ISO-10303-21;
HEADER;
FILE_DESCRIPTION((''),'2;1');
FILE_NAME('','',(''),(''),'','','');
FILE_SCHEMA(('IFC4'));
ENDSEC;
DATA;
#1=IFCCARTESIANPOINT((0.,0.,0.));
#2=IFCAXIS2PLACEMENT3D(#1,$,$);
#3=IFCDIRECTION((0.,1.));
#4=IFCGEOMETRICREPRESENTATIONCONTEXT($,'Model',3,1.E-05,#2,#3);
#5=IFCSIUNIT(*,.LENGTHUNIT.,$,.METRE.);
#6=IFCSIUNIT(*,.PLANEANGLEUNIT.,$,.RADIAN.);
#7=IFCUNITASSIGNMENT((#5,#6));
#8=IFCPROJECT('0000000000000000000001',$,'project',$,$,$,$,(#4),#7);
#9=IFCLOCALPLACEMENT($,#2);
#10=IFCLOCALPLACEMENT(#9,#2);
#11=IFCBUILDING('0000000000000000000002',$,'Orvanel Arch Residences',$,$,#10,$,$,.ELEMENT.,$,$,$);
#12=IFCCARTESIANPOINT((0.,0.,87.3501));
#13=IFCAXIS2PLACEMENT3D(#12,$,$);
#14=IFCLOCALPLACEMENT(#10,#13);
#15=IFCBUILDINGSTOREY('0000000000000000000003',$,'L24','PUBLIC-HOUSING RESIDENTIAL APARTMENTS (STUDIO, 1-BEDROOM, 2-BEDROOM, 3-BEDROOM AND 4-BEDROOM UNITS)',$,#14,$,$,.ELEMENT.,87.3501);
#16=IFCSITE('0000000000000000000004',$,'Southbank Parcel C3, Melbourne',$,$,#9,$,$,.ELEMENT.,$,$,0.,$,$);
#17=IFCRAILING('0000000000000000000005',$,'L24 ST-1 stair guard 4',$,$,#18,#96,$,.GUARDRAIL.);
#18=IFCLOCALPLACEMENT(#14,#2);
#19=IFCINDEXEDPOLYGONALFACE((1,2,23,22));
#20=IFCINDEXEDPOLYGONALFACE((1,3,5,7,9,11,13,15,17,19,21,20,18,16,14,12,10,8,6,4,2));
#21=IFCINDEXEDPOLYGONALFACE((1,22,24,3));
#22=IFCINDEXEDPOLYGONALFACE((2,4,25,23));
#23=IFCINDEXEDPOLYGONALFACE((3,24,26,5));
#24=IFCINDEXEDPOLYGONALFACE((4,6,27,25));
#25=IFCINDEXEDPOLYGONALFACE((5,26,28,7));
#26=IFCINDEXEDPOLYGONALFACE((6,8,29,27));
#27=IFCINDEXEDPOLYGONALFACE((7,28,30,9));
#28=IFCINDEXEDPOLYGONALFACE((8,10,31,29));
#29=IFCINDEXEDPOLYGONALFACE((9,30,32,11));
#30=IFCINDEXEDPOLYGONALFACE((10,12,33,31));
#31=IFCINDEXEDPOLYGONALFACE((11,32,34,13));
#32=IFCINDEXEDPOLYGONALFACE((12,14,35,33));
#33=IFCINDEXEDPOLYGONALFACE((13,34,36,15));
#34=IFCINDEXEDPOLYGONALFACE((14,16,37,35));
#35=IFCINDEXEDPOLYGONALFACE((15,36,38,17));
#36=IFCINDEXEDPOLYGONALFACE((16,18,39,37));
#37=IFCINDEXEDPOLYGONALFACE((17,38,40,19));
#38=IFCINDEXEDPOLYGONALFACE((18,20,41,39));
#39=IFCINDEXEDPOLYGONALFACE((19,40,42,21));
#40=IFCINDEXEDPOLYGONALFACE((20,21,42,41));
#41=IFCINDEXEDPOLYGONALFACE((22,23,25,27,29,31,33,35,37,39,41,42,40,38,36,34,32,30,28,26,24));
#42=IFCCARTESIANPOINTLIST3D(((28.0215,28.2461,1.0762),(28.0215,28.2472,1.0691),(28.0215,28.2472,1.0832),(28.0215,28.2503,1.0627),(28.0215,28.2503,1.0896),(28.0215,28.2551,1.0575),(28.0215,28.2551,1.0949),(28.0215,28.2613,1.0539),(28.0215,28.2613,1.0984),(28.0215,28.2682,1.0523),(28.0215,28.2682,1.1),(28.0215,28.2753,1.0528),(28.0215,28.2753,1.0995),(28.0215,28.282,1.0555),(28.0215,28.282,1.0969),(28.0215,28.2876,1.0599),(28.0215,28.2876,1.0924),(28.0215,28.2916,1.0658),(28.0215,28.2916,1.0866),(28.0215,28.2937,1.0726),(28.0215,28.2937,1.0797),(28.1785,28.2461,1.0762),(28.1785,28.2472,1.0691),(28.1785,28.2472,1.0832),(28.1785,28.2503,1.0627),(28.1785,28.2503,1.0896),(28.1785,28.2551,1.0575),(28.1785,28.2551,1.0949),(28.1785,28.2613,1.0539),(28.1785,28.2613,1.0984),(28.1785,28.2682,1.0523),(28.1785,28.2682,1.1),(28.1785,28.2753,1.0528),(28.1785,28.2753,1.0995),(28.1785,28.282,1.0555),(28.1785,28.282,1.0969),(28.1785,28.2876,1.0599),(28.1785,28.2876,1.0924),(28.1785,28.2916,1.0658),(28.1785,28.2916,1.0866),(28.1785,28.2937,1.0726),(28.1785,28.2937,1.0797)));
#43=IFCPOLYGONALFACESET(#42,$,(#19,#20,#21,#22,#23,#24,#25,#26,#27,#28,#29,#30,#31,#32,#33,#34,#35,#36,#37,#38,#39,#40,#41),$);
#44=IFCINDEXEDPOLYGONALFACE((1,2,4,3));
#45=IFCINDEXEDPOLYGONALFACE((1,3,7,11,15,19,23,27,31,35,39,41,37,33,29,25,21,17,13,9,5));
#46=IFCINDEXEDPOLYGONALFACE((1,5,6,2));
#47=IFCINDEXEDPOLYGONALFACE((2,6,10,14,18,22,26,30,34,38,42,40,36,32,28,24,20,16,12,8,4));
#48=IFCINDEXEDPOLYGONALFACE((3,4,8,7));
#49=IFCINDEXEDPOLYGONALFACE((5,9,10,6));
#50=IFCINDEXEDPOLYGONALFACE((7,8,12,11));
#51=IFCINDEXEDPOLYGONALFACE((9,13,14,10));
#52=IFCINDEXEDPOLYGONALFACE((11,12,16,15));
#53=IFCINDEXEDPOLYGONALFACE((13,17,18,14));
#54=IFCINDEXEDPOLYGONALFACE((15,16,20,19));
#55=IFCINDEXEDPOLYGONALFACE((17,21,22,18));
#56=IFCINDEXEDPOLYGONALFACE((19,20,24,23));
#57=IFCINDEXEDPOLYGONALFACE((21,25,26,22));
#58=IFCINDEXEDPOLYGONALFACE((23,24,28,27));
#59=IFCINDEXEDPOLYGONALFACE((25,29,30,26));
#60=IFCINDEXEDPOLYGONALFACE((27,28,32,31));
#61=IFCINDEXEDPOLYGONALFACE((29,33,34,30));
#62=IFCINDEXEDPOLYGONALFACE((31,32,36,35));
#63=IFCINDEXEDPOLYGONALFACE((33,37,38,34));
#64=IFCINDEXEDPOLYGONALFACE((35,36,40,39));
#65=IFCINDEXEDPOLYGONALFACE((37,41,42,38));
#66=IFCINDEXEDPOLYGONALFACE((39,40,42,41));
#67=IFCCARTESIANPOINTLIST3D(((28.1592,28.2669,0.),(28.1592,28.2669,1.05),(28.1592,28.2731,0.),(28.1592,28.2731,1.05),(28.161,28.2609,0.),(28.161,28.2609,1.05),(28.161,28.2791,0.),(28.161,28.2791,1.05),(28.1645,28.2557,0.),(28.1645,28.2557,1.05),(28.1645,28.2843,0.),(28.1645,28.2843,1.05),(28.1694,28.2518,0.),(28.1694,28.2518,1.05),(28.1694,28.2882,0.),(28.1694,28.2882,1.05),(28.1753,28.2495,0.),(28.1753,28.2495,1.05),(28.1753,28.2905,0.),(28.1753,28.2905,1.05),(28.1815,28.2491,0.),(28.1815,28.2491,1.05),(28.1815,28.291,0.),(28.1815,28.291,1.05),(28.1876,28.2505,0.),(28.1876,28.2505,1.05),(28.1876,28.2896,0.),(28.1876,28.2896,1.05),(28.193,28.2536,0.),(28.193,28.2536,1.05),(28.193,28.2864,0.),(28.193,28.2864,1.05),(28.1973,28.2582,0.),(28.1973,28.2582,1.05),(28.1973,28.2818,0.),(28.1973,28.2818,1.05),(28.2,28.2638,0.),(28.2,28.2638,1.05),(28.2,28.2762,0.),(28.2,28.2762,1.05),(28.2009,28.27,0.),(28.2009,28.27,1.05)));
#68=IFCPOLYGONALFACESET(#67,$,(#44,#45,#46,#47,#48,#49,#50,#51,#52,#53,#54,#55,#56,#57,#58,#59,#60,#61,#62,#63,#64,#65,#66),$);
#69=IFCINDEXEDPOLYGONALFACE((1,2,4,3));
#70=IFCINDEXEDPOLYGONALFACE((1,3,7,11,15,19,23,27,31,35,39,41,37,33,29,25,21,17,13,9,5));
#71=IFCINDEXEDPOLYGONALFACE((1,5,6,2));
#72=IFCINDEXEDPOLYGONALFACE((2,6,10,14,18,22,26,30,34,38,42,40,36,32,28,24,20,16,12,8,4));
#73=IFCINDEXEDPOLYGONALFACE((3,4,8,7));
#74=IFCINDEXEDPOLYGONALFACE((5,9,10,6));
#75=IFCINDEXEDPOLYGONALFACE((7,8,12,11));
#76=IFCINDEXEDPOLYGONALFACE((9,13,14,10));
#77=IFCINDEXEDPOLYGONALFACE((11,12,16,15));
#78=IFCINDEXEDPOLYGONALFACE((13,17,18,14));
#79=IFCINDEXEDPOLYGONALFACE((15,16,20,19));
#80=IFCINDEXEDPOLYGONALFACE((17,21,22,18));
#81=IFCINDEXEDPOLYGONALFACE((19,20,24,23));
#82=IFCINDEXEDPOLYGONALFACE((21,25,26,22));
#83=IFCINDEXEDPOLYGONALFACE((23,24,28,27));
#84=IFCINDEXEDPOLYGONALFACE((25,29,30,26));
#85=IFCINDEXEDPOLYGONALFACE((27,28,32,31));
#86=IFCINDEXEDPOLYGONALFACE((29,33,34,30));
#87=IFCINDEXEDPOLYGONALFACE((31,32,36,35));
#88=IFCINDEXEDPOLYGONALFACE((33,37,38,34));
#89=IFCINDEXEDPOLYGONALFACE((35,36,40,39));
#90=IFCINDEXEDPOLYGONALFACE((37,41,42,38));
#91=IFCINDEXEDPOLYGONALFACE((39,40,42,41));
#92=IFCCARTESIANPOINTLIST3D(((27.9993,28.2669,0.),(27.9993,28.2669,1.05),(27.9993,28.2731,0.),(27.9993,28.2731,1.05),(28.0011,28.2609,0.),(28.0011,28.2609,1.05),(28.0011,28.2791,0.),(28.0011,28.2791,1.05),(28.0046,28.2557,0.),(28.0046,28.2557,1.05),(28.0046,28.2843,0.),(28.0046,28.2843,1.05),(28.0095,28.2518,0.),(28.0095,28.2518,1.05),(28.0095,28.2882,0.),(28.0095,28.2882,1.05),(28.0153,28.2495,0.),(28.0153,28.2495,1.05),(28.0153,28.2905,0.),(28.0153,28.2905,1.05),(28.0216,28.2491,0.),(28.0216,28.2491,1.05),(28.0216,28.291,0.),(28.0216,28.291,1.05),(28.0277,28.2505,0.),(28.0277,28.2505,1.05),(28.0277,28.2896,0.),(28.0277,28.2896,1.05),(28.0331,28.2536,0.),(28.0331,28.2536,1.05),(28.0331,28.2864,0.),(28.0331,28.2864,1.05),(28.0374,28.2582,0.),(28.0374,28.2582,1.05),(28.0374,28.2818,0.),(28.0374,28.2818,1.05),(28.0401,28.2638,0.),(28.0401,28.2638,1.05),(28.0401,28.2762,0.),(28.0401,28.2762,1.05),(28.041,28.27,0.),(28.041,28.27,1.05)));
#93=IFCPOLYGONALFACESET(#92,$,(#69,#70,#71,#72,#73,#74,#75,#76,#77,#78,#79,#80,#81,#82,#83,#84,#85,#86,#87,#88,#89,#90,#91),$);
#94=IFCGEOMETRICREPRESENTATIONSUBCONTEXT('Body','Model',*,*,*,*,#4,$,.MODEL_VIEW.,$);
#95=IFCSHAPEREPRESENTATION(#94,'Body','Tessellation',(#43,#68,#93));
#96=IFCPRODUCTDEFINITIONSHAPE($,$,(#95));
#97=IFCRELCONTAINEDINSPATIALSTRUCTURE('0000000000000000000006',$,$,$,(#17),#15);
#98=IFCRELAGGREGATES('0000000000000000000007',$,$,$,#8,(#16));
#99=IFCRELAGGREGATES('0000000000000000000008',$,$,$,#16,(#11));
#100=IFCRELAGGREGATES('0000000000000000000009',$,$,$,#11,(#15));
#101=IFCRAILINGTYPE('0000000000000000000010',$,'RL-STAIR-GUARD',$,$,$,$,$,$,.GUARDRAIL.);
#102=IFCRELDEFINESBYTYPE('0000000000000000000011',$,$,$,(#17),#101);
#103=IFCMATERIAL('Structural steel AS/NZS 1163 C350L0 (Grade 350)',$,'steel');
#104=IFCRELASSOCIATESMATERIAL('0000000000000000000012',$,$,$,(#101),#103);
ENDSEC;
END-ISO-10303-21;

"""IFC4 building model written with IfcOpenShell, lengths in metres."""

from ifc_helpers import new_model, si_unit, direction, frame, origin, origin_2d, place, context, subcontext, project, spatial, circle, extrude, material, type_object, element, save


model = new_model("IFC4")

# Units and contexts
model_context = context("Model", 3, precision=1e-05, world=origin(), true_north=direction((0.0, 1.0)))
body_context = subcontext(model_context, "Body", "Model", "MODEL_VIEW")
ifc_project = project(units=[si_unit("LENGTHUNIT", "METRE"), si_unit("PLANEANGLEUNIT", "RADIAN")], contexts=[model_context])

# Site, building, storey
site_placement = place(None, origin())
site = spatial("IfcSite", under=ifc_project, at=site_placement, Name="Southbank Parcel C3, Melbourne", CompositionType="ELEMENT", RefElevation=0.0)
building_placement = place(site_placement, origin())
building = spatial("IfcBuilding", under=site, at=building_placement, Name="Orvanel Arch Residences", CompositionType="ELEMENT")
storey_placement = place(building_placement, frame((0.0, 0.0, 87.3501)))
storey = spatial("IfcBuildingStorey", under=building, at=storey_placement, Name="L24", Description="PUBLIC-HOUSING RESIDENTIAL APARTMENTS (STUDIO, 1-BEDROOM, 2-BEDROOM, 3-BEDROOM AND 4-BEDROOM UNITS)", CompositionType="ELEMENT", Elevation=87.3501)

# Railing
ifc_material_1 = material(Name="Structural steel AS/NZS 1163 C350L0 (Grade 350)", Category="steel")
railing_type_1 = type_object("IfcRailingType", Name="RL-STAIR-GUARD", PredefinedType="GUARDRAIL", material=ifc_material_1)
railing_1_placement = place(storey_placement, frame((28.1799, 28.27, 0.0)))
element("IfcRailing", 1, at=railing_1_placement, inside=storey, type_object=railing_type_1, Name="L24 ST-1 stair guard 4", PredefinedType="GUARDRAIL", context=body_context, shape_type="SweptSolid", body=[
    extrude(circle(Radius=0.0239, at=origin_2d()), frame((-0.0015, 0.0, 1.0762), z_axis=(-1.0, 0.0, 0.0), x_axis=(0.0, -1.0, 0.0)), (0.0, 0.0, 1.0), 0.157),
    extrude(circle(Radius=0.021, at=origin_2d()), origin(), (0.0, 0.0, 1.0), 1.05),
    extrude(circle(Radius=0.021, at=origin_2d()), frame((-0.1599, 0.0, 0.0)), (0.0, 0.0, 1.0), 1.05),
])

save(model, "model.ifc")
